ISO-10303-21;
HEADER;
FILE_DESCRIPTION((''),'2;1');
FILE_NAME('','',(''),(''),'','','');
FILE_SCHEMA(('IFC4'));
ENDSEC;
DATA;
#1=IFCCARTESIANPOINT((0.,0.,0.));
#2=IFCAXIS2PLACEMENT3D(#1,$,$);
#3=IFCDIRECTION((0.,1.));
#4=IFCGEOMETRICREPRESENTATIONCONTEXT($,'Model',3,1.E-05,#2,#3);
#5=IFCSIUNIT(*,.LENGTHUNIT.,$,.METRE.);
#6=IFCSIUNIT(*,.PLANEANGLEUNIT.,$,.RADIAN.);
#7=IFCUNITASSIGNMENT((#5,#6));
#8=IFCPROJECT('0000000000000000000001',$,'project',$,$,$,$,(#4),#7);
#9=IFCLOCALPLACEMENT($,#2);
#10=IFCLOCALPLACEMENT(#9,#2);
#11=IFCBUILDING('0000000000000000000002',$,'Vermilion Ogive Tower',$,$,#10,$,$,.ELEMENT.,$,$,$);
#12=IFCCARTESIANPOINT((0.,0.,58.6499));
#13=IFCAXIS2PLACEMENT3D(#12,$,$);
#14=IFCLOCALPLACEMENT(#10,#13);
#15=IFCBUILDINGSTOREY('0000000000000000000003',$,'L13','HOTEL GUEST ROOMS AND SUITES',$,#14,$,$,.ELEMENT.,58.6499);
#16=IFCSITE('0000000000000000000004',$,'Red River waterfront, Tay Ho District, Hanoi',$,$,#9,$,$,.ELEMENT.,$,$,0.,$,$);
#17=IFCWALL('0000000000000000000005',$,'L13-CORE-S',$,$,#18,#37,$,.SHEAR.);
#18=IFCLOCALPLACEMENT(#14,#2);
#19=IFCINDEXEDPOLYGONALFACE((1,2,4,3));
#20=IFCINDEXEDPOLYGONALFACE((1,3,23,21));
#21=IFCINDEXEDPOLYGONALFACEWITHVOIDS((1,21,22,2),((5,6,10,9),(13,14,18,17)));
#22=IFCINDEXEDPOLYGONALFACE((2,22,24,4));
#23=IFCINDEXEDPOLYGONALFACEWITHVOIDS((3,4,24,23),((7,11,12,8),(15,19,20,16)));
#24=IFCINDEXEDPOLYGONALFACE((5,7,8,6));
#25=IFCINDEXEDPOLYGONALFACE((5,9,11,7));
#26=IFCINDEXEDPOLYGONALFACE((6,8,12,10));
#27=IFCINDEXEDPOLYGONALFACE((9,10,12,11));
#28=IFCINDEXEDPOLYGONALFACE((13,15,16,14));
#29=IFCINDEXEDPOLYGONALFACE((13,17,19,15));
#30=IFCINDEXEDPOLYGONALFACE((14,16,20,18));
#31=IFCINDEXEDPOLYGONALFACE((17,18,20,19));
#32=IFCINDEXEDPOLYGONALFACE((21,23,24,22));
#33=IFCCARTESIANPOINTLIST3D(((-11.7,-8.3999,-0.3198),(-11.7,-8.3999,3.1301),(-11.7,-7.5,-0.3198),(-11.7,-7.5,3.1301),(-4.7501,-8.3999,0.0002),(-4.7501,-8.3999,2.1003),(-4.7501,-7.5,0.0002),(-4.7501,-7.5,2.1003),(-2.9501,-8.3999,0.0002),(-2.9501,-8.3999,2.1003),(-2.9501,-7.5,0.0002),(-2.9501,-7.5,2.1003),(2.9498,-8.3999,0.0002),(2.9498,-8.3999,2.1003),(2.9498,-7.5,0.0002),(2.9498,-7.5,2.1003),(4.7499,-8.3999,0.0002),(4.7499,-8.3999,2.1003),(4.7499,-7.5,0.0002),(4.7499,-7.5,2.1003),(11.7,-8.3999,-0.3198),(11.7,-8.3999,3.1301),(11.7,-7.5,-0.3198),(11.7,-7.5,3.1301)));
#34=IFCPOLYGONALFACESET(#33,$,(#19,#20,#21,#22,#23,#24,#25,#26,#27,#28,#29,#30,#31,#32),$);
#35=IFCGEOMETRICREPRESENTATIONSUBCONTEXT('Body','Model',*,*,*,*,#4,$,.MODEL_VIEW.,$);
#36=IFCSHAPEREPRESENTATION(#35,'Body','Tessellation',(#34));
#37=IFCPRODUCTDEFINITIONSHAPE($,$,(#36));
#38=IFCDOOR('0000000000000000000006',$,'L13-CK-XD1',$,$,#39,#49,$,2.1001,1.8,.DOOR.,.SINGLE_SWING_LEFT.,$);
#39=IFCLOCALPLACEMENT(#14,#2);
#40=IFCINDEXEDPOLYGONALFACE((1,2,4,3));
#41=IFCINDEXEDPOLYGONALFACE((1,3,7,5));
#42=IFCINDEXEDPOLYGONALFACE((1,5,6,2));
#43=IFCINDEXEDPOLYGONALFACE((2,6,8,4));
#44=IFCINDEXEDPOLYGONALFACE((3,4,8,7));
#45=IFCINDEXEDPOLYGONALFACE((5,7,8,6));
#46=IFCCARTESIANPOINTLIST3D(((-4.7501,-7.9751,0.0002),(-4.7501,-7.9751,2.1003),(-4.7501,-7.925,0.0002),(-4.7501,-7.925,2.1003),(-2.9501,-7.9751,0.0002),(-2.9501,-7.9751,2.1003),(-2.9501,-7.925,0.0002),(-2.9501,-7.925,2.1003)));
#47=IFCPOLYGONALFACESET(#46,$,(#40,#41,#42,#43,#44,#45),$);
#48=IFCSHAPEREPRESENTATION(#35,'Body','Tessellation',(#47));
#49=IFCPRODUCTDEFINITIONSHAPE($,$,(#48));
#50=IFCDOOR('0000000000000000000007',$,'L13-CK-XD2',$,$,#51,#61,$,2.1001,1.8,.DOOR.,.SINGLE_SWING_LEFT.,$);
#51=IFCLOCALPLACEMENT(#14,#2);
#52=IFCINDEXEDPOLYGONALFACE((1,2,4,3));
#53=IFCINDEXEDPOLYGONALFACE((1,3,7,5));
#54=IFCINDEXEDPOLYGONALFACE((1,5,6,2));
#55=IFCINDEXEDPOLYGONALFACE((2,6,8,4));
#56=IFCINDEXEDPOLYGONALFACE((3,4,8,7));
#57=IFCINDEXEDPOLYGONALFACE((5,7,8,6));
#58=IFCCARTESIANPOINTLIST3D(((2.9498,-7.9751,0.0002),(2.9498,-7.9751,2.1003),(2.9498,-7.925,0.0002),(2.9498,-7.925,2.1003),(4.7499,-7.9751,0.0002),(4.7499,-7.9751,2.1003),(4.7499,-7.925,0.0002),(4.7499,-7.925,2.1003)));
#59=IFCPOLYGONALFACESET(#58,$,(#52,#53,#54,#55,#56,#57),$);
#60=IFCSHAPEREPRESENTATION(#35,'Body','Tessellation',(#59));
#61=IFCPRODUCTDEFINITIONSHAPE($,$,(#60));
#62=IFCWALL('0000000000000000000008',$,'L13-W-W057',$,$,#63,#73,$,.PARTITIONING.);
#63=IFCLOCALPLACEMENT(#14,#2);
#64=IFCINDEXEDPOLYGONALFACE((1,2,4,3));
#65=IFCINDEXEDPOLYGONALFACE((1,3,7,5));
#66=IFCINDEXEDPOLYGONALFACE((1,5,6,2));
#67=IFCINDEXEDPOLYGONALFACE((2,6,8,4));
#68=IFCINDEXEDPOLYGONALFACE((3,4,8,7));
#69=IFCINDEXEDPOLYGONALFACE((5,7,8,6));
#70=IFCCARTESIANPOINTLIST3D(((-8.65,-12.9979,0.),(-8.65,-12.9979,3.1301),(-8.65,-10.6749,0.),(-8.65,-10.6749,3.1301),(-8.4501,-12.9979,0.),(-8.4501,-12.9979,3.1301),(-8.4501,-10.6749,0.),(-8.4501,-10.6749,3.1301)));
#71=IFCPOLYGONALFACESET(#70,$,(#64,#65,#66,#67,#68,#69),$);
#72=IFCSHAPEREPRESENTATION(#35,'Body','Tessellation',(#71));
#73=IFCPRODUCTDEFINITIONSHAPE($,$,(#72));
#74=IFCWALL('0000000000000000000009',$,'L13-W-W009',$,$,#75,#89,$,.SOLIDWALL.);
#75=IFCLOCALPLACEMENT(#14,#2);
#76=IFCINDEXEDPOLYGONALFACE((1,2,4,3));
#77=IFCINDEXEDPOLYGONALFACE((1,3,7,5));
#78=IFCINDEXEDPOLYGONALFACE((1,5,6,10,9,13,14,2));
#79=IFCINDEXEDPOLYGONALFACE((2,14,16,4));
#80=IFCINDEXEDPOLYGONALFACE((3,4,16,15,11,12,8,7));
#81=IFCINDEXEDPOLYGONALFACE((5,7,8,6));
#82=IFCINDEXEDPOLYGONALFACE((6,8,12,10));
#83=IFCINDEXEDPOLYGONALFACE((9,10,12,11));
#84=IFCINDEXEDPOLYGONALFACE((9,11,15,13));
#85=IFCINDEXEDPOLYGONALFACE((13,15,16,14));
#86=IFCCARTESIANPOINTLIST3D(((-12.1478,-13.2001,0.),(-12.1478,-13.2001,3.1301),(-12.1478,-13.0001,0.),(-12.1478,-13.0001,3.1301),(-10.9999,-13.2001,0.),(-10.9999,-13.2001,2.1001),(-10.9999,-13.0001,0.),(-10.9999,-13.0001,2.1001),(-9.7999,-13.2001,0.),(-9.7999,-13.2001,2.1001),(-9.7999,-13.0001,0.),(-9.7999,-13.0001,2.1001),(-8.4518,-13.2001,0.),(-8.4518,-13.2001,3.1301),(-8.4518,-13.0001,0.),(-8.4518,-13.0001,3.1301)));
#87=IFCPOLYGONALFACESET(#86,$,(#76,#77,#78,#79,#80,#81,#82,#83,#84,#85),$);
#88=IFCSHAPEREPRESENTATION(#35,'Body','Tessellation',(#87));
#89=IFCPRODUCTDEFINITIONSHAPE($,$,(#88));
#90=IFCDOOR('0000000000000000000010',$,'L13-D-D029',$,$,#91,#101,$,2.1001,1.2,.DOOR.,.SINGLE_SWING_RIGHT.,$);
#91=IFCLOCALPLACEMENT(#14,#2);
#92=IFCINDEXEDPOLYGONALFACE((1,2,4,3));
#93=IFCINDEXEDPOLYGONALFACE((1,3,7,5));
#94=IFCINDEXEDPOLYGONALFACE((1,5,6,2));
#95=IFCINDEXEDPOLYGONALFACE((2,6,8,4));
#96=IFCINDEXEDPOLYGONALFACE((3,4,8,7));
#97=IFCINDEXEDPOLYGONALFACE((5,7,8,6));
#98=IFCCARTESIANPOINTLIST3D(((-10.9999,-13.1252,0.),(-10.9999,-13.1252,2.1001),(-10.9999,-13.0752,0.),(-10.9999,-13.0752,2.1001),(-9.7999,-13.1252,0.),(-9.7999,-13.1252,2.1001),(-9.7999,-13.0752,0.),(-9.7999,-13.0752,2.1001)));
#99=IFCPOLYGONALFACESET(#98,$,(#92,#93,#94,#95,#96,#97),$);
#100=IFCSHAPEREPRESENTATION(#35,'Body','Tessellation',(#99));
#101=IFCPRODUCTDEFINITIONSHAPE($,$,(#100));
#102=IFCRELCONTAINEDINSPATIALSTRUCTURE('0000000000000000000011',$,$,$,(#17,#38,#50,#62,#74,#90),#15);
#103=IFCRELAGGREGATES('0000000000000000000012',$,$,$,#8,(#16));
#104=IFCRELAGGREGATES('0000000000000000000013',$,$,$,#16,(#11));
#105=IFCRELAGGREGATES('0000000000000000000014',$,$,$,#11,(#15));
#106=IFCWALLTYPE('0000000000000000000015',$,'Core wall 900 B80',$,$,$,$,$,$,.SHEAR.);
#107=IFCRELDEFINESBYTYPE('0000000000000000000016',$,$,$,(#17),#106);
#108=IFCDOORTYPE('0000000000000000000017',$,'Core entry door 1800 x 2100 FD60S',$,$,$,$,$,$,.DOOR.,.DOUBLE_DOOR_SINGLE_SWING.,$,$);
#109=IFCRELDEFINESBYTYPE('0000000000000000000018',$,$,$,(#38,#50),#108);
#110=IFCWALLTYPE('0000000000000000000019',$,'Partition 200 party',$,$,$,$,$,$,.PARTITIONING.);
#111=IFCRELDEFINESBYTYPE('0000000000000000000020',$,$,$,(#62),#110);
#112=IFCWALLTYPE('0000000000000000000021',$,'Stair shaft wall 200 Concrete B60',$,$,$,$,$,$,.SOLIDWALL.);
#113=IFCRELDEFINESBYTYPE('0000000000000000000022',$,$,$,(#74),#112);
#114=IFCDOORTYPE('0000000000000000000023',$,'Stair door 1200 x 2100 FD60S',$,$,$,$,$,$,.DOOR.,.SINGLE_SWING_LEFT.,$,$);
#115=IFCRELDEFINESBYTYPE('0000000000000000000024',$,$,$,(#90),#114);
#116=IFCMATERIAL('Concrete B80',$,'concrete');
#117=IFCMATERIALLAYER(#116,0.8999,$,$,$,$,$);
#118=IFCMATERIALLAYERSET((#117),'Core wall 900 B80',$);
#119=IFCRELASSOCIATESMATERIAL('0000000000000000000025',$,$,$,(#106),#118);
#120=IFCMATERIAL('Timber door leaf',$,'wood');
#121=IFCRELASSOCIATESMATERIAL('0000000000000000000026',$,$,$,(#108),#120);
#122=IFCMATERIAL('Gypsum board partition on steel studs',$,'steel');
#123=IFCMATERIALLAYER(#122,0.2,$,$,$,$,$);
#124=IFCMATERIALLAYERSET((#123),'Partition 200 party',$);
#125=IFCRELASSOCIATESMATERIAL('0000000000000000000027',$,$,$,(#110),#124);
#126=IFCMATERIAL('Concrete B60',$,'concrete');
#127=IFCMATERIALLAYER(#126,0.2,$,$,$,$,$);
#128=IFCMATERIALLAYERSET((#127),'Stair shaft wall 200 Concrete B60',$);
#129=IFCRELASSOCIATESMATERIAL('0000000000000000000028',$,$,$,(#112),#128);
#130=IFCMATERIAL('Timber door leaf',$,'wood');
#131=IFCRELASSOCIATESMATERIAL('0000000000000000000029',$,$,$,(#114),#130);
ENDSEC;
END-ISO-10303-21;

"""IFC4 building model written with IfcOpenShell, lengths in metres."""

from ifc_helpers import new_model, si_unit, direction, frame, frame_2d, origin, place, context, subcontext, project, spatial, rectangle, extrude, material, layer, layer_set, type_object, element, fill, save


model = new_model("IFC4")

# Units and contexts
model_context = context("Model", 3, precision=1e-05, world=origin(), true_north=direction((0.0, 1.0)))
body_context = subcontext(model_context, "Body", "Model", "MODEL_VIEW")
ifc_project = project(units=[si_unit("LENGTHUNIT", "METRE"), si_unit("PLANEANGLEUNIT", "RADIAN")], contexts=[model_context])

# Site, building, storey
site_placement = place(None, origin())
site = spatial("IfcSite", under=ifc_project, at=site_placement, Name="Red River waterfront, Tay Ho District, Hanoi", CompositionType="ELEMENT", RefElevation=0.0)
building_placement = place(site_placement, origin())
building = spatial("IfcBuilding", under=site, at=building_placement, Name="Vermilion Ogive Tower", CompositionType="ELEMENT")
storey_placement = place(building_placement, frame((0.0, 0.0, 58.6499)))
storey = spatial("IfcBuildingStorey", under=building, at=storey_placement, Name="L13", Description="HOTEL GUEST ROOMS AND SUITES", CompositionType="ELEMENT", Elevation=58.6499)

# Wall, openings, doors
ifc_material_1 = material(Name="Concrete B80", Category="concrete")
ifc_layer_1 = layer(ifc_material_1, 0.8999)
ifc_layer_set_1 = layer_set([ifc_layer_1], Name="Core wall 900 B80")
wall_type_1 = type_object("IfcWallType", Name="Core wall 900 B80", PredefinedType="SHEAR", material=ifc_layer_set_1)
wall_1_placement = place(storey_placement, frame((-11.7, -7.95, -0.3198), z_axis=(0.0, 0.0, 1.0), x_axis=(1.0, 0.0, 0.0)))
wall_1 = element("IfcWall", 1, at=wall_1_placement, inside=storey, type_object=wall_type_1, Name="L13-CORE-S", PredefinedType="SHEAR", context=body_context, shape_type="SweptSolid", body=[
    extrude(rectangle(XDim=23.3999, YDim=0.8999, at=frame_2d((11.7, 0.0))), origin(), (0.0, 0.0, 1.0), 3.45),
])
opening_1_placement = place(wall_1_placement, frame((6.95, 0.0, 0.3201)))
opening_1 = element("IfcOpeningElement", 2, at=opening_1_placement, cuts=wall_1, PredefinedType="OPENING", context=body_context, shape_type="SweptSolid", body=[
    extrude(rectangle(XDim=1.8, YDim=2.1001, at=frame_2d((0.8999, 1.05))), frame((0.0, 0.46, 0.0), z_axis=(0.0, -1.0, 0.0), x_axis=(1.0, 0.0, 0.0)), (0.0, 0.0, 1.0), 0.9199),
])
opening_2_placement = place(wall_1_placement, frame((14.6499, 0.0, 0.3201)))
opening_2 = element("IfcOpeningElement", 3, at=opening_2_placement, cuts=wall_1, PredefinedType="OPENING", context=body_context, shape_type="SweptSolid", body=[
    extrude(rectangle(XDim=1.8, YDim=2.1001, at=frame_2d((0.8999, 1.05))), frame((0.0, 0.46, 0.0), z_axis=(0.0, -1.0, 0.0), x_axis=(1.0, 0.0, 0.0)), (0.0, 0.0, 1.0), 0.9199),
])
ifc_material_2 = material(Name="Timber door leaf", Category="wood")
door_type_1 = type_object("IfcDoorType", Name="Core entry door 1800 x 2100 FD60S", OperationType="DOUBLE_DOOR_SINGLE_SWING", PredefinedType="DOOR", material=ifc_material_2)
door_1_placement = place(opening_1_placement, origin())
door_1 = element("IfcDoor", 4, at=door_1_placement, inside=storey, type_object=door_type_1, Name="L13-CK-XD1", OperationType="SINGLE_SWING_LEFT", OverallHeight=2.1001, OverallWidth=1.8, PredefinedType="DOOR", context=body_context, shape_type="SweptSolid", body=[
    extrude(rectangle(XDim=1.8, YDim=2.1001, at=frame_2d((0.8999, 1.05))), frame((0.0, 0.0249, 0.0), z_axis=(0.0, -1.0, 0.0), x_axis=(1.0, 0.0, 0.0)), (0.0, 0.0, 1.0), 0.05),
])
fill(opening_1, door_1)
door_2_placement = place(opening_2_placement, origin())
door_2 = element("IfcDoor", 5, at=door_2_placement, inside=storey, type_object=door_type_1, Name="L13-CK-XD2", OperationType="SINGLE_SWING_LEFT", OverallHeight=2.1001, OverallWidth=1.8, PredefinedType="DOOR", context=body_context, shape_type="SweptSolid", body=[
    extrude(rectangle(XDim=1.8, YDim=2.1001, at=frame_2d((0.8999, 1.05))), frame((0.0, 0.0249, 0.0), z_axis=(0.0, -1.0, 0.0), x_axis=(1.0, 0.0, 0.0)), (0.0, 0.0, 1.0), 0.05),
])
fill(opening_2, door_2)

# Wall
ifc_material_3 = material(Name="Gypsum board partition on steel studs", Category="steel")
ifc_layer_2 = layer(ifc_material_3, 0.2)
ifc_layer_set_2 = layer_set([ifc_layer_2], Name="Partition 200 party")
wall_type_2 = type_object("IfcWallType", Name="Partition 200 party", PredefinedType="PARTITIONING", material=ifc_layer_set_2)
wall_2_placement = place(storey_placement, frame((-8.55, -12.998, 0.0), z_axis=(0.0, 0.0, 1.0), x_axis=(0.0, 1.0, 0.0)))
element("IfcWall", 6, at=wall_2_placement, inside=storey, type_object=wall_type_2, Name="L13-W-W057", PredefinedType="PARTITIONING", context=body_context, shape_type="SweptSolid", body=[
    extrude(rectangle(XDim=2.323, YDim=0.2, at=frame_2d((1.1616, 0.0))), origin(), (0.0, 0.0, 1.0), 3.1301),
])

# Wall, opening, door
ifc_material_4 = material(Name="Concrete B60", Category="concrete")
ifc_layer_3 = layer(ifc_material_4, 0.2)
ifc_layer_set_3 = layer_set([ifc_layer_3], Name="Stair shaft wall 200 Concrete B60")
wall_type_3 = type_object("IfcWallType", Name="Stair shaft wall 200 Concrete B60", PredefinedType="SOLIDWALL", material=ifc_layer_set_3)
wall_3_placement = place(storey_placement, frame((-12.1479, -13.1001, 0.0), z_axis=(0.0, 0.0, 1.0), x_axis=(1.0, 0.0, 0.0)))
wall_3 = element("IfcWall", 7, at=wall_3_placement, inside=storey, type_object=wall_type_3, Name="L13-W-W009", PredefinedType="SOLIDWALL", context=body_context, shape_type="SweptSolid", body=[
    extrude(rectangle(XDim=3.696, YDim=0.2, at=frame_2d((1.8481, 0.0))), origin(), (0.0, 0.0, 1.0), 3.1301),
])
opening_3_placement = place(wall_3_placement, frame((1.1479, 0.0, 0.0)))
opening_3 = element("IfcOpeningElement", 8, at=opening_3_placement, cuts=wall_3, PredefinedType="OPENING", context=body_context, shape_type="SweptSolid", body=[
    extrude(rectangle(XDim=1.2, YDim=2.1001, at=frame_2d((0.6001, 1.05))), frame((0.0, 0.1099, 0.0), z_axis=(0.0, -1.0, 0.0), x_axis=(1.0, 0.0, 0.0)), (0.0, 0.0, 1.0), 0.22),
])
ifc_material_5 = material(Name="Timber door leaf", Category="wood")
door_type_2 = type_object("IfcDoorType", Name="Stair door 1200 x 2100 FD60S", OperationType="SINGLE_SWING_LEFT", PredefinedType="DOOR", material=ifc_material_5)
door_3_placement = place(opening_3_placement, origin())
door_3 = element("IfcDoor", 9, at=door_3_placement, inside=storey, type_object=door_type_2, Name="L13-D-D029", OperationType="SINGLE_SWING_RIGHT", OverallHeight=2.1001, OverallWidth=1.2, PredefinedType="DOOR", context=body_context, shape_type="SweptSolid", body=[
    extrude(rectangle(XDim=1.2, YDim=2.1001, at=frame_2d((0.6001, 1.05))), frame((0.0, 0.0249, 0.0), z_axis=(0.0, -1.0, 0.0), x_axis=(1.0, 0.0, 0.0)), (0.0, 0.0, 1.0), 0.05),
])
fill(opening_3, door_3)

save(model, "model.ifc")
